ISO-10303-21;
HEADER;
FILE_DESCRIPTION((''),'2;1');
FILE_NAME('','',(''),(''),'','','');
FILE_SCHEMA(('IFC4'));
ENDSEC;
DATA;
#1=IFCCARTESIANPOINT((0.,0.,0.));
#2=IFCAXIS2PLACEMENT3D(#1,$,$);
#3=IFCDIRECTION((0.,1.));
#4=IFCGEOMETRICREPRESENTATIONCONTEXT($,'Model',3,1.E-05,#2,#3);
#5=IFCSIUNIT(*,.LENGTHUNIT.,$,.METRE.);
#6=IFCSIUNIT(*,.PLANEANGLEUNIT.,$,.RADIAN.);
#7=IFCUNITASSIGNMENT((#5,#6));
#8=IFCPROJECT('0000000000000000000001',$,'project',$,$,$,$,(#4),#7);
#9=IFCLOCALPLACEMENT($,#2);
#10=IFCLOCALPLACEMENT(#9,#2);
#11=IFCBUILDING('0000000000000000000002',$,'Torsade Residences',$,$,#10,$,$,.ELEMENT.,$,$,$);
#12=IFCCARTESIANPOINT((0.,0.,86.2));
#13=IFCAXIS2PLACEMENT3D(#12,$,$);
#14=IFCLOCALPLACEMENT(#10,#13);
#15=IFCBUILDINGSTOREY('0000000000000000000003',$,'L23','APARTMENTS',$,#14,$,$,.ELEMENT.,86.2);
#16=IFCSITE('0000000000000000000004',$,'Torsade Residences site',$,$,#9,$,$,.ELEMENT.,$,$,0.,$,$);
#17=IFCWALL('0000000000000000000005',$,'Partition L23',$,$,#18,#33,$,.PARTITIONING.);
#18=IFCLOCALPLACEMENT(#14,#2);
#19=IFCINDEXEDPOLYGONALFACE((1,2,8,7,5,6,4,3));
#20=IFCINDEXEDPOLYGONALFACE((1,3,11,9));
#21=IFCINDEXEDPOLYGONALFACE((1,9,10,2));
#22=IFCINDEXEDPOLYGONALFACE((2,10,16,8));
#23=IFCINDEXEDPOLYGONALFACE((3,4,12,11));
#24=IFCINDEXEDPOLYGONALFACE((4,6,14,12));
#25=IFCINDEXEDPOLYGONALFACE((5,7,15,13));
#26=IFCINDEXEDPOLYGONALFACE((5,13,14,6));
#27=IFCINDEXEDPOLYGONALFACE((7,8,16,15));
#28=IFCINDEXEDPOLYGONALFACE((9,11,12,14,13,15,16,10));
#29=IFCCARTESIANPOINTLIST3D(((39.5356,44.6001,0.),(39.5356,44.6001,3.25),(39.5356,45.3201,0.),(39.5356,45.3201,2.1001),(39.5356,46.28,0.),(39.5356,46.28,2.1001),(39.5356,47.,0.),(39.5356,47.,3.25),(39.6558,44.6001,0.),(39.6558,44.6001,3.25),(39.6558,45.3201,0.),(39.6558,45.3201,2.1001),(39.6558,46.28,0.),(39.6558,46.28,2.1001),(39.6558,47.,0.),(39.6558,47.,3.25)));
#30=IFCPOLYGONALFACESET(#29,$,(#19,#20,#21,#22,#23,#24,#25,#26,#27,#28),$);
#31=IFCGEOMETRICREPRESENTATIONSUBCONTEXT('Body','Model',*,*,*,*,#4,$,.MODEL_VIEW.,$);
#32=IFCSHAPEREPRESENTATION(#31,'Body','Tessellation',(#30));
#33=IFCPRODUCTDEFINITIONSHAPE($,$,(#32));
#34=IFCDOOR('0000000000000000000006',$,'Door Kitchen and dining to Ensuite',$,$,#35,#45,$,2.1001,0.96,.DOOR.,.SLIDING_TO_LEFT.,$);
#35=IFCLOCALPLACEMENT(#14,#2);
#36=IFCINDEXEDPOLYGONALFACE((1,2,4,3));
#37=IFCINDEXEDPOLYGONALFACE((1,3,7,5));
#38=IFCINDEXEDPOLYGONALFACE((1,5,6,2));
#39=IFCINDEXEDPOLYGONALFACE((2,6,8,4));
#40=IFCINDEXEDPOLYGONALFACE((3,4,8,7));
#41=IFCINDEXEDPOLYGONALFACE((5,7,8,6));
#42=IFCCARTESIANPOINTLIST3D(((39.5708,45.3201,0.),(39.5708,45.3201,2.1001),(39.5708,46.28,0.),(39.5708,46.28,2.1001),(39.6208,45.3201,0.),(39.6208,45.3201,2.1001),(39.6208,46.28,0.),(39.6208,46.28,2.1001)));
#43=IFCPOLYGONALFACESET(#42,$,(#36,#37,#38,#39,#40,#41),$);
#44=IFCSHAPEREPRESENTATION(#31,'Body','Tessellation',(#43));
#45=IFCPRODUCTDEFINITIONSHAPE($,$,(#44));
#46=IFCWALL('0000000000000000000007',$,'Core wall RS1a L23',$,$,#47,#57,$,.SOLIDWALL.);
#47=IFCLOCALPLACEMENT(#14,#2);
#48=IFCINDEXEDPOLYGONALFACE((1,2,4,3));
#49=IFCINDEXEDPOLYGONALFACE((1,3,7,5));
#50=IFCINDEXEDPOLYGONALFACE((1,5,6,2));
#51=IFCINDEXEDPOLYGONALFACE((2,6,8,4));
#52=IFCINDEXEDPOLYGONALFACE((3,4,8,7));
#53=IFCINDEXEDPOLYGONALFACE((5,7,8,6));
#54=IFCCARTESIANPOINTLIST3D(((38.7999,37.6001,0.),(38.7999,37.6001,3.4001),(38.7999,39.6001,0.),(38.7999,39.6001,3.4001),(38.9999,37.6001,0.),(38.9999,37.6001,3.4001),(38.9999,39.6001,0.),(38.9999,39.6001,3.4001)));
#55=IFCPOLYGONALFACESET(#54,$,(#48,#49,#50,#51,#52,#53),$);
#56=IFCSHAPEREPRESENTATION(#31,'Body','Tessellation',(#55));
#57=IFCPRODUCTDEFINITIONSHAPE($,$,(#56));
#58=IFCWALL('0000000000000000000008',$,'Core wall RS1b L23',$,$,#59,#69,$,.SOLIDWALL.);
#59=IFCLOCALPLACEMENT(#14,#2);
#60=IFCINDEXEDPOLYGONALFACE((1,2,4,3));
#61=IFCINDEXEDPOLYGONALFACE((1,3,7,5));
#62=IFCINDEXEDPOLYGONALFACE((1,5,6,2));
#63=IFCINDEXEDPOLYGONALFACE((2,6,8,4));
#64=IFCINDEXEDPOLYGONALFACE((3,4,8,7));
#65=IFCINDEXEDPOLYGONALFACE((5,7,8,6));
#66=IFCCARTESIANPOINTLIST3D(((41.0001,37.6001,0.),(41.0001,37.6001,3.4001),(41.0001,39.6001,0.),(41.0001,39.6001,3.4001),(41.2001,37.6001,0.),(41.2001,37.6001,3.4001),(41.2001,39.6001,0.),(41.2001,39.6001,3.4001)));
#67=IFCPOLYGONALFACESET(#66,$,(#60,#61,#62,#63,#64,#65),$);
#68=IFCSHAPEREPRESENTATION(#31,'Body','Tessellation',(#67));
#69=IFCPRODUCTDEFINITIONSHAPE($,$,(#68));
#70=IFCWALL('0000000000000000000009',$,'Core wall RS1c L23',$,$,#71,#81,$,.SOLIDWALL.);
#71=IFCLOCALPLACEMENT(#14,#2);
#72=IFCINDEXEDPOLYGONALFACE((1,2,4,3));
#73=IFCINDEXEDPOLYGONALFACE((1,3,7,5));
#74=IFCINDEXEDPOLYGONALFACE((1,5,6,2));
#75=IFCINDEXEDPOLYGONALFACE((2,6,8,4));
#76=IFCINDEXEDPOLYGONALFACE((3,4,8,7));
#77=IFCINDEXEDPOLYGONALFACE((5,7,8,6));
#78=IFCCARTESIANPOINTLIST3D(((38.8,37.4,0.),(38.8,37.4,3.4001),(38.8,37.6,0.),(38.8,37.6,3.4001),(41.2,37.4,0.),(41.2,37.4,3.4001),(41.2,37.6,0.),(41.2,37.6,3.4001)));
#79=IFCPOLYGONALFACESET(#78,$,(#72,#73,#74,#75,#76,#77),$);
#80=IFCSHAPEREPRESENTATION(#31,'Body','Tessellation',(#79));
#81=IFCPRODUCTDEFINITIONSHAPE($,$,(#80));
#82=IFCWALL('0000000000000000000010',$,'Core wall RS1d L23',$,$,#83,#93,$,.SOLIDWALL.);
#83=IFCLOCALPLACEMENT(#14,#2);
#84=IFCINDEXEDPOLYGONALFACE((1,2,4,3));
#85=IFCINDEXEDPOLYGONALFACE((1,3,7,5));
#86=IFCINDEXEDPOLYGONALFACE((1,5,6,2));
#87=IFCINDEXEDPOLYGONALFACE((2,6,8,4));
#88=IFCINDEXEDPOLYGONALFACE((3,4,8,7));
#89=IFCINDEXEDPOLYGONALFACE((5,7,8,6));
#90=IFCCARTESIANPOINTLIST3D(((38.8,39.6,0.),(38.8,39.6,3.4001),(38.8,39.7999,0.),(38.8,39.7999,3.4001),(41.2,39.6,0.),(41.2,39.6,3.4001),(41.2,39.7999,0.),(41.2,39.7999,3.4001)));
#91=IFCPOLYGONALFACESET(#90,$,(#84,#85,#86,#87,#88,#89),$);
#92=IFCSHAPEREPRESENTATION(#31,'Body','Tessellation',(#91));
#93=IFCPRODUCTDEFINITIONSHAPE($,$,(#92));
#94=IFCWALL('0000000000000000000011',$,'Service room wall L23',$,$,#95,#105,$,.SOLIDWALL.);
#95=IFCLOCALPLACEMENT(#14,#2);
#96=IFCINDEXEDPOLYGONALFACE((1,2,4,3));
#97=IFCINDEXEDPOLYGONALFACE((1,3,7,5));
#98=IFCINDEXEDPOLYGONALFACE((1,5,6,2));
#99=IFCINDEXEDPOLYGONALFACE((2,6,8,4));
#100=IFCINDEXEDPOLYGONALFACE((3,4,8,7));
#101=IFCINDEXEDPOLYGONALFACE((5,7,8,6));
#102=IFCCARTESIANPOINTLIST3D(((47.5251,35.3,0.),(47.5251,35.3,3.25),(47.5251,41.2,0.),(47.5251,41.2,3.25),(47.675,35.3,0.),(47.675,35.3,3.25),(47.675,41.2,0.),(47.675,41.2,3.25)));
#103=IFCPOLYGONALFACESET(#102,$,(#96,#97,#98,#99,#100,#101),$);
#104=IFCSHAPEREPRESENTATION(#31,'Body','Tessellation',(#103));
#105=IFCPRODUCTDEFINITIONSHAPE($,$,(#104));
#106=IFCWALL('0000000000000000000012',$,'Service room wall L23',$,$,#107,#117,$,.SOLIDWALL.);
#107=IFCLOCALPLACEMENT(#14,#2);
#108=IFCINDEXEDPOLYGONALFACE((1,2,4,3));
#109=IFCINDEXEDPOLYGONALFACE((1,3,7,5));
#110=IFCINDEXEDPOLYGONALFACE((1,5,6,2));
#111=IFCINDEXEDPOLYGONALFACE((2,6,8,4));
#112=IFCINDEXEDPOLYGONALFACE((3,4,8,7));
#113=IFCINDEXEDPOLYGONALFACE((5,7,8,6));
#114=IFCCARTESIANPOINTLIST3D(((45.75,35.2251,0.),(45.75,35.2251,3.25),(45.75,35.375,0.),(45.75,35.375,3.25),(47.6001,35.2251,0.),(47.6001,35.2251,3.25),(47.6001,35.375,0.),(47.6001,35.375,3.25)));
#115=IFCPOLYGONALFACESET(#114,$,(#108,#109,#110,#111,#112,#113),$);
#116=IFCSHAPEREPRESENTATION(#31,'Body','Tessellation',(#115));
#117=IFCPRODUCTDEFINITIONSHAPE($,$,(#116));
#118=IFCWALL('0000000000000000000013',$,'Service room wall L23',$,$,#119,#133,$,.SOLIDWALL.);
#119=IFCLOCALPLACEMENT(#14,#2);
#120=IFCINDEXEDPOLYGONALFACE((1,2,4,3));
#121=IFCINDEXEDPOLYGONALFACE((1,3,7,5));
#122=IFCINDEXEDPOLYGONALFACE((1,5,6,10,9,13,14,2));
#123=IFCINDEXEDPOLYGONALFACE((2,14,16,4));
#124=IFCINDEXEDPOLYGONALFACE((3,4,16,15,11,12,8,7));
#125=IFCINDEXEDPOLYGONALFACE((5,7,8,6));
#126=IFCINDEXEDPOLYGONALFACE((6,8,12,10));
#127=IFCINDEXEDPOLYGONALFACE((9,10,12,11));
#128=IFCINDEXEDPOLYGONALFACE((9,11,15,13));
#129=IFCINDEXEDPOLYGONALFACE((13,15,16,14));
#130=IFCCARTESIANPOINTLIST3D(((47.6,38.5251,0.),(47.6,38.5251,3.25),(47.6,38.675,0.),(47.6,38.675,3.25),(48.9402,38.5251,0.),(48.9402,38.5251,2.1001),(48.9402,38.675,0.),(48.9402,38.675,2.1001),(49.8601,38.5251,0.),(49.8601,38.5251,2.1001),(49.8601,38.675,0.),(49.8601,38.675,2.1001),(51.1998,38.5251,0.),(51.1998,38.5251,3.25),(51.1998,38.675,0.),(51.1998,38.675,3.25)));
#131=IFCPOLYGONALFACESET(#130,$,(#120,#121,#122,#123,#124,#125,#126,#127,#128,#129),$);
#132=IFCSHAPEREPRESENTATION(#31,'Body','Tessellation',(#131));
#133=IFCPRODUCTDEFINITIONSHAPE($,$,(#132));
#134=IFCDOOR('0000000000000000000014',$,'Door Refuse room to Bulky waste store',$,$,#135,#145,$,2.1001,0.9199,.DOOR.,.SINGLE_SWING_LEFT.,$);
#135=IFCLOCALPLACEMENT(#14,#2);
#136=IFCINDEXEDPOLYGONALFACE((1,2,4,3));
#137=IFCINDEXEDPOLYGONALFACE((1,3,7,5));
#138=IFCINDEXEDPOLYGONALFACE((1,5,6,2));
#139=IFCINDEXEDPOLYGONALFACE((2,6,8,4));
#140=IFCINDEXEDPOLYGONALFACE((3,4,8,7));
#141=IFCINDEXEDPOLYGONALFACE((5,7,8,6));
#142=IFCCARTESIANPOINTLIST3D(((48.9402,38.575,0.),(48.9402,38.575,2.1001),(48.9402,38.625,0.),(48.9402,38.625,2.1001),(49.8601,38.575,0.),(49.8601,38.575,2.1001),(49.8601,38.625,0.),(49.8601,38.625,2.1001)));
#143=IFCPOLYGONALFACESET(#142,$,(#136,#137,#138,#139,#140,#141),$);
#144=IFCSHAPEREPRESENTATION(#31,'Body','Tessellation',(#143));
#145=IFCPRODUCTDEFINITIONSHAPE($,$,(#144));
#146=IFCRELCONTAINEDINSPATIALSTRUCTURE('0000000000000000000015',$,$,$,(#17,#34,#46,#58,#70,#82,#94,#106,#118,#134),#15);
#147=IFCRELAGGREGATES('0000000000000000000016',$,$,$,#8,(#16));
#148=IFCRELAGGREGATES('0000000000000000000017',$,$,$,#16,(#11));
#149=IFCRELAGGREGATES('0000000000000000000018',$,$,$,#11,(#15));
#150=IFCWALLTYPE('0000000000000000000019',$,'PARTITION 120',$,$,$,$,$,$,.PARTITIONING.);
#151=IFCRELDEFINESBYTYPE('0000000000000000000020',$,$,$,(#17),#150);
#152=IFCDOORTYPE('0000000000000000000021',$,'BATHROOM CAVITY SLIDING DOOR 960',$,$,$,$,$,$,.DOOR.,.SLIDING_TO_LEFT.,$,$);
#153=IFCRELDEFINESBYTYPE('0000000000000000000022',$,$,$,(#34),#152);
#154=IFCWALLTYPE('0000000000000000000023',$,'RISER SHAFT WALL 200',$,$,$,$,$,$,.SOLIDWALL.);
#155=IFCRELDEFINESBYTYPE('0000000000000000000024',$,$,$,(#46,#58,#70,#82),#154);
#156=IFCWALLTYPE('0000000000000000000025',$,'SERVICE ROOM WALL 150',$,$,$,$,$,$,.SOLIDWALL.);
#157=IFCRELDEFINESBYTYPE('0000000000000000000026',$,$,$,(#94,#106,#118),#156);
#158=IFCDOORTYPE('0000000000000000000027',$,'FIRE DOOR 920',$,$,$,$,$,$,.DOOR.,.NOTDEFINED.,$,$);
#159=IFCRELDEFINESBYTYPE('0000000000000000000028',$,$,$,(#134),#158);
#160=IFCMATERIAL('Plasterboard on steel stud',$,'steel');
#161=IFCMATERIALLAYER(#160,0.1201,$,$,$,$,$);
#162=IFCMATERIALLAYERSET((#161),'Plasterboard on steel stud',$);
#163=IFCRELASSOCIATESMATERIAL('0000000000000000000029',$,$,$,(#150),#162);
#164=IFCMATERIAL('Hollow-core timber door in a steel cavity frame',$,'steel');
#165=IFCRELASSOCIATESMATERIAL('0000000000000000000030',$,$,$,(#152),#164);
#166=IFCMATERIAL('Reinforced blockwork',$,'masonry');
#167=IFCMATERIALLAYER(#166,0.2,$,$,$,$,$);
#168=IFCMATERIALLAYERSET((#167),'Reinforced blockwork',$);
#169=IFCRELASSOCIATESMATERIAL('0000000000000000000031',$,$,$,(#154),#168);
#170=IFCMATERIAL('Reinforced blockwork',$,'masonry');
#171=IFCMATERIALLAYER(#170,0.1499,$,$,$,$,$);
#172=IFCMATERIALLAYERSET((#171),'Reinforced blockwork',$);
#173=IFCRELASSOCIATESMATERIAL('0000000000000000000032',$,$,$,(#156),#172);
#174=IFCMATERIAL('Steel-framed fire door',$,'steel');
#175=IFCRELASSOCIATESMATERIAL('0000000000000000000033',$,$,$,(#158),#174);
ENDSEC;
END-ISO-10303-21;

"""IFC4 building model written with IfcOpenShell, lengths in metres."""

from ifc_helpers import new_model, si_unit, direction, frame, frame_2d, origin, place, context, subcontext, project, spatial, rectangle, extrude, material, layer, layer_set, type_object, element, fill, save


model = new_model("IFC4")

# Units and contexts
model_context = context("Model", 3, precision=1e-05, world=origin(), true_north=direction((0.0, 1.0)))
body_context = subcontext(model_context, "Body", "Model", "MODEL_VIEW")
ifc_project = project(units=[si_unit("LENGTHUNIT", "METRE"), si_unit("PLANEANGLEUNIT", "RADIAN")], contexts=[model_context])

# Site, building, storey
site_placement = place(None, origin())
site = spatial("IfcSite", under=ifc_project, at=site_placement, Name="Torsade Residences site", CompositionType="ELEMENT", RefElevation=0.0)
building_placement = place(site_placement, origin())
building = spatial("IfcBuilding", under=site, at=building_placement, Name="Torsade Residences", CompositionType="ELEMENT")
storey_placement = place(building_placement, frame((0.0, 0.0, 86.2)))
storey = spatial("IfcBuildingStorey", under=building, at=storey_placement, Name="L23", Description="APARTMENTS", CompositionType="ELEMENT", Elevation=86.2)

# Wall, opening, door
ifc_material_1 = material(Name="Plasterboard on steel stud", Category="steel")
ifc_layer_1 = layer(ifc_material_1, 0.1201)
ifc_layer_set_1 = layer_set([ifc_layer_1], Name="Plasterboard on steel stud")
wall_type_1 = type_object("IfcWallType", Name="PARTITION 120", PredefinedType="PARTITIONING", material=ifc_layer_set_1)
wall_1_placement = place(storey_placement, frame((39.5957, 44.6001, 0.0), z_axis=(0.0, 0.0, 1.0), x_axis=(0.0, 1.0, 0.0)))
wall_1 = element("IfcWall", 1, at=wall_1_placement, inside=storey, type_object=wall_type_1, Name="Partition L23", PredefinedType="PARTITIONING", context=body_context, shape_type="SweptSolid", body=[
    extrude(rectangle(XDim=2.3999, YDim=0.1201, at=frame_2d((1.2, 0.0))), origin(), (0.0, 0.0, 1.0), 3.25),
])
opening_1_placement = place(wall_1_placement, frame((0.72, 0.0, 0.0)))
opening_1 = element("IfcOpeningElement", 2, at=opening_1_placement, cuts=wall_1, PredefinedType="OPENING", context=body_context, shape_type="SweptSolid", body=[
    extrude(rectangle(XDim=0.96, YDim=2.1001, at=frame_2d((0.48, 1.05))), frame((0.0, 0.0701, 0.0), z_axis=(0.0, -1.0, 0.0), x_axis=(1.0, 0.0, 0.0)), (0.0, 0.0, 1.0), 0.1401),
])
ifc_material_2 = material(Name="Hollow-core timber door in a steel cavity frame", Category="steel")
door_type_1 = type_object("IfcDoorType", Name="BATHROOM CAVITY SLIDING DOOR 960", OperationType="SLIDING_TO_LEFT", PredefinedType="DOOR", material=ifc_material_2)
door_1_placement = place(opening_1_placement, origin())
door_1 = element("IfcDoor", 3, at=door_1_placement, inside=storey, type_object=door_type_1, Name="Door Kitchen and dining to Ensuite", OperationType="SLIDING_TO_LEFT", OverallHeight=2.1001, OverallWidth=0.96, PredefinedType="DOOR", context=body_context, shape_type="SweptSolid", body=[
    extrude(rectangle(XDim=0.96, YDim=2.1001, at=frame_2d((0.48, 1.05))), frame((0.0, 0.0249, 0.0), z_axis=(0.0, -1.0, 0.0), x_axis=(1.0, 0.0, 0.0)), (0.0, 0.0, 1.0), 0.05),
])
fill(opening_1, door_1)

# Walls
ifc_material_3 = material(Name="Reinforced blockwork", Category="masonry")
ifc_layer_2 = layer(ifc_material_3, 0.2)
ifc_layer_set_2 = layer_set([ifc_layer_2], Name="Reinforced blockwork")
wall_type_2 = type_object("IfcWallType", Name="RISER SHAFT WALL 200", PredefinedType="SOLIDWALL", material=ifc_layer_set_2)
for number, where, z_axis, x_axis, name in (
    (4, (38.8999, 37.6001, 0.0), (0.0, 0.0, 1.0), (0.0, 1.0, 0.0), "Core wall RS1a L23"),
    (5, (41.1001, 37.6001, 0.0), (0.0, 0.0, 1.0), (0.0, 1.0, 0.0), "Core wall RS1b L23"),
):
    element("IfcWall", number, at=place(storey_placement, frame(where, z_axis=z_axis, x_axis=x_axis)), inside=storey, type_object=wall_type_2, Name=name, PredefinedType="SOLIDWALL", context=body_context, shape_type="SweptSolid", body=[
        extrude(rectangle(XDim=2.0, YDim=0.2, at=frame_2d((1.0, 0.0))), origin(), (0.0, 0.0, 1.0), 3.4001),
    ])
for number, where, z_axis, x_axis, name in (
    (6, (38.8, 37.5, 0.0), (0.0, 0.0, 1.0), (1.0, 0.0, 0.0), "Core wall RS1c L23"),
    (7, (38.8, 39.7, 0.0), (0.0, 0.0, 1.0), (1.0, 0.0, 0.0), "Core wall RS1d L23"),
):
    element("IfcWall", number, at=place(storey_placement, frame(where, z_axis=z_axis, x_axis=x_axis)), inside=storey, type_object=wall_type_2, Name=name, PredefinedType="SOLIDWALL", context=body_context, shape_type="SweptSolid", body=[
        extrude(rectangle(XDim=2.3999, YDim=0.2, at=frame_2d((1.2, 0.0))), origin(), (0.0, 0.0, 1.0), 3.4001),
    ])
ifc_material_4 = material(Name="Reinforced blockwork", Category="masonry")
ifc_layer_3 = layer(ifc_material_4, 0.1499)
ifc_layer_set_3 = layer_set([ifc_layer_3], Name="Reinforced blockwork")
wall_type_3 = type_object("IfcWallType", Name="SERVICE ROOM WALL 150", PredefinedType="SOLIDWALL", material=ifc_layer_set_3)
wall_2_placement = place(storey_placement, frame((47.6001, 41.2, 0.0), z_axis=(0.0, 0.0, 1.0), x_axis=(0.0, -1.0, 0.0)))
element("IfcWall", 8, at=wall_2_placement, inside=storey, type_object=wall_type_3, Name="Service room wall L23", PredefinedType="SOLIDWALL", context=body_context, shape_type="SweptSolid", body=[
    extrude(rectangle(XDim=5.8999, YDim=0.1499, at=frame_2d((2.95, 0.0))), origin(), (0.0, 0.0, 1.0), 3.25),
])
wall_3_placement = place(storey_placement, frame((47.6001, 35.3, 0.0), z_axis=(0.0, 0.0, 1.0), x_axis=(-1.0, 0.0, 0.0)))
element("IfcWall", 9, at=wall_3_placement, inside=storey, type_object=wall_type_3, Name="Service room wall L23", PredefinedType="SOLIDWALL", context=body_context, shape_type="SweptSolid", body=[
    extrude(rectangle(XDim=1.8501, YDim=0.1499, at=frame_2d((0.925, 0.0))), origin(), (0.0, 0.0, 1.0), 3.25),
])

# Wall, opening, door
wall_4_placement = place(storey_placement, frame((47.6001, 38.6001, 0.0), z_axis=(0.0, 0.0, 1.0), x_axis=(1.0, 0.0, 0.0)))
wall_4 = element("IfcWall", 10, at=wall_4_placement, inside=storey, type_object=wall_type_3, Name="Service room wall L23", PredefinedType="SOLIDWALL", context=body_context, shape_type="SweptSolid", body=[
    extrude(rectangle(XDim=3.5999, YDim=0.1499, at=frame_2d((1.7998, 0.0))), origin(), (0.0, 0.0, 1.0), 3.25),
])
opening_2_placement = place(wall_4_placement, frame((1.3401, 0.0, 0.0)))
opening_2 = element("IfcOpeningElement", 11, at=opening_2_placement, cuts=wall_4, PredefinedType="OPENING", context=body_context, shape_type="SweptSolid", body=[
    extrude(rectangle(XDim=0.9199, YDim=2.1001, at=frame_2d((0.46, 1.05))), frame((0.0, 0.085, 0.0), z_axis=(0.0, -1.0, 0.0), x_axis=(1.0, 0.0, 0.0)), (0.0, 0.0, 1.0), 0.1699),
])
ifc_material_5 = material(Name="Steel-framed fire door", Category="steel")
door_type_2 = type_object("IfcDoorType", Name="FIRE DOOR 920", OperationType="NOTDEFINED", PredefinedType="DOOR", material=ifc_material_5)
door_2_placement = place(opening_2_placement, origin())
door_2 = element("IfcDoor", 12, at=door_2_placement, inside=storey, type_object=door_type_2, Name="Door Refuse room to Bulky waste store", OperationType="SINGLE_SWING_LEFT", OverallHeight=2.1001, OverallWidth=0.9199, PredefinedType="DOOR", context=body_context, shape_type="SweptSolid", body=[
    extrude(rectangle(XDim=0.9199, YDim=2.1001, at=frame_2d((0.46, 1.05))), frame((0.0, 0.0249, 0.0), z_axis=(0.0, -1.0, 0.0), x_axis=(1.0, 0.0, 0.0)), (0.0, 0.0, 1.0), 0.05),
])
fill(opening_2, door_2)

save(model, "model.ifc")
